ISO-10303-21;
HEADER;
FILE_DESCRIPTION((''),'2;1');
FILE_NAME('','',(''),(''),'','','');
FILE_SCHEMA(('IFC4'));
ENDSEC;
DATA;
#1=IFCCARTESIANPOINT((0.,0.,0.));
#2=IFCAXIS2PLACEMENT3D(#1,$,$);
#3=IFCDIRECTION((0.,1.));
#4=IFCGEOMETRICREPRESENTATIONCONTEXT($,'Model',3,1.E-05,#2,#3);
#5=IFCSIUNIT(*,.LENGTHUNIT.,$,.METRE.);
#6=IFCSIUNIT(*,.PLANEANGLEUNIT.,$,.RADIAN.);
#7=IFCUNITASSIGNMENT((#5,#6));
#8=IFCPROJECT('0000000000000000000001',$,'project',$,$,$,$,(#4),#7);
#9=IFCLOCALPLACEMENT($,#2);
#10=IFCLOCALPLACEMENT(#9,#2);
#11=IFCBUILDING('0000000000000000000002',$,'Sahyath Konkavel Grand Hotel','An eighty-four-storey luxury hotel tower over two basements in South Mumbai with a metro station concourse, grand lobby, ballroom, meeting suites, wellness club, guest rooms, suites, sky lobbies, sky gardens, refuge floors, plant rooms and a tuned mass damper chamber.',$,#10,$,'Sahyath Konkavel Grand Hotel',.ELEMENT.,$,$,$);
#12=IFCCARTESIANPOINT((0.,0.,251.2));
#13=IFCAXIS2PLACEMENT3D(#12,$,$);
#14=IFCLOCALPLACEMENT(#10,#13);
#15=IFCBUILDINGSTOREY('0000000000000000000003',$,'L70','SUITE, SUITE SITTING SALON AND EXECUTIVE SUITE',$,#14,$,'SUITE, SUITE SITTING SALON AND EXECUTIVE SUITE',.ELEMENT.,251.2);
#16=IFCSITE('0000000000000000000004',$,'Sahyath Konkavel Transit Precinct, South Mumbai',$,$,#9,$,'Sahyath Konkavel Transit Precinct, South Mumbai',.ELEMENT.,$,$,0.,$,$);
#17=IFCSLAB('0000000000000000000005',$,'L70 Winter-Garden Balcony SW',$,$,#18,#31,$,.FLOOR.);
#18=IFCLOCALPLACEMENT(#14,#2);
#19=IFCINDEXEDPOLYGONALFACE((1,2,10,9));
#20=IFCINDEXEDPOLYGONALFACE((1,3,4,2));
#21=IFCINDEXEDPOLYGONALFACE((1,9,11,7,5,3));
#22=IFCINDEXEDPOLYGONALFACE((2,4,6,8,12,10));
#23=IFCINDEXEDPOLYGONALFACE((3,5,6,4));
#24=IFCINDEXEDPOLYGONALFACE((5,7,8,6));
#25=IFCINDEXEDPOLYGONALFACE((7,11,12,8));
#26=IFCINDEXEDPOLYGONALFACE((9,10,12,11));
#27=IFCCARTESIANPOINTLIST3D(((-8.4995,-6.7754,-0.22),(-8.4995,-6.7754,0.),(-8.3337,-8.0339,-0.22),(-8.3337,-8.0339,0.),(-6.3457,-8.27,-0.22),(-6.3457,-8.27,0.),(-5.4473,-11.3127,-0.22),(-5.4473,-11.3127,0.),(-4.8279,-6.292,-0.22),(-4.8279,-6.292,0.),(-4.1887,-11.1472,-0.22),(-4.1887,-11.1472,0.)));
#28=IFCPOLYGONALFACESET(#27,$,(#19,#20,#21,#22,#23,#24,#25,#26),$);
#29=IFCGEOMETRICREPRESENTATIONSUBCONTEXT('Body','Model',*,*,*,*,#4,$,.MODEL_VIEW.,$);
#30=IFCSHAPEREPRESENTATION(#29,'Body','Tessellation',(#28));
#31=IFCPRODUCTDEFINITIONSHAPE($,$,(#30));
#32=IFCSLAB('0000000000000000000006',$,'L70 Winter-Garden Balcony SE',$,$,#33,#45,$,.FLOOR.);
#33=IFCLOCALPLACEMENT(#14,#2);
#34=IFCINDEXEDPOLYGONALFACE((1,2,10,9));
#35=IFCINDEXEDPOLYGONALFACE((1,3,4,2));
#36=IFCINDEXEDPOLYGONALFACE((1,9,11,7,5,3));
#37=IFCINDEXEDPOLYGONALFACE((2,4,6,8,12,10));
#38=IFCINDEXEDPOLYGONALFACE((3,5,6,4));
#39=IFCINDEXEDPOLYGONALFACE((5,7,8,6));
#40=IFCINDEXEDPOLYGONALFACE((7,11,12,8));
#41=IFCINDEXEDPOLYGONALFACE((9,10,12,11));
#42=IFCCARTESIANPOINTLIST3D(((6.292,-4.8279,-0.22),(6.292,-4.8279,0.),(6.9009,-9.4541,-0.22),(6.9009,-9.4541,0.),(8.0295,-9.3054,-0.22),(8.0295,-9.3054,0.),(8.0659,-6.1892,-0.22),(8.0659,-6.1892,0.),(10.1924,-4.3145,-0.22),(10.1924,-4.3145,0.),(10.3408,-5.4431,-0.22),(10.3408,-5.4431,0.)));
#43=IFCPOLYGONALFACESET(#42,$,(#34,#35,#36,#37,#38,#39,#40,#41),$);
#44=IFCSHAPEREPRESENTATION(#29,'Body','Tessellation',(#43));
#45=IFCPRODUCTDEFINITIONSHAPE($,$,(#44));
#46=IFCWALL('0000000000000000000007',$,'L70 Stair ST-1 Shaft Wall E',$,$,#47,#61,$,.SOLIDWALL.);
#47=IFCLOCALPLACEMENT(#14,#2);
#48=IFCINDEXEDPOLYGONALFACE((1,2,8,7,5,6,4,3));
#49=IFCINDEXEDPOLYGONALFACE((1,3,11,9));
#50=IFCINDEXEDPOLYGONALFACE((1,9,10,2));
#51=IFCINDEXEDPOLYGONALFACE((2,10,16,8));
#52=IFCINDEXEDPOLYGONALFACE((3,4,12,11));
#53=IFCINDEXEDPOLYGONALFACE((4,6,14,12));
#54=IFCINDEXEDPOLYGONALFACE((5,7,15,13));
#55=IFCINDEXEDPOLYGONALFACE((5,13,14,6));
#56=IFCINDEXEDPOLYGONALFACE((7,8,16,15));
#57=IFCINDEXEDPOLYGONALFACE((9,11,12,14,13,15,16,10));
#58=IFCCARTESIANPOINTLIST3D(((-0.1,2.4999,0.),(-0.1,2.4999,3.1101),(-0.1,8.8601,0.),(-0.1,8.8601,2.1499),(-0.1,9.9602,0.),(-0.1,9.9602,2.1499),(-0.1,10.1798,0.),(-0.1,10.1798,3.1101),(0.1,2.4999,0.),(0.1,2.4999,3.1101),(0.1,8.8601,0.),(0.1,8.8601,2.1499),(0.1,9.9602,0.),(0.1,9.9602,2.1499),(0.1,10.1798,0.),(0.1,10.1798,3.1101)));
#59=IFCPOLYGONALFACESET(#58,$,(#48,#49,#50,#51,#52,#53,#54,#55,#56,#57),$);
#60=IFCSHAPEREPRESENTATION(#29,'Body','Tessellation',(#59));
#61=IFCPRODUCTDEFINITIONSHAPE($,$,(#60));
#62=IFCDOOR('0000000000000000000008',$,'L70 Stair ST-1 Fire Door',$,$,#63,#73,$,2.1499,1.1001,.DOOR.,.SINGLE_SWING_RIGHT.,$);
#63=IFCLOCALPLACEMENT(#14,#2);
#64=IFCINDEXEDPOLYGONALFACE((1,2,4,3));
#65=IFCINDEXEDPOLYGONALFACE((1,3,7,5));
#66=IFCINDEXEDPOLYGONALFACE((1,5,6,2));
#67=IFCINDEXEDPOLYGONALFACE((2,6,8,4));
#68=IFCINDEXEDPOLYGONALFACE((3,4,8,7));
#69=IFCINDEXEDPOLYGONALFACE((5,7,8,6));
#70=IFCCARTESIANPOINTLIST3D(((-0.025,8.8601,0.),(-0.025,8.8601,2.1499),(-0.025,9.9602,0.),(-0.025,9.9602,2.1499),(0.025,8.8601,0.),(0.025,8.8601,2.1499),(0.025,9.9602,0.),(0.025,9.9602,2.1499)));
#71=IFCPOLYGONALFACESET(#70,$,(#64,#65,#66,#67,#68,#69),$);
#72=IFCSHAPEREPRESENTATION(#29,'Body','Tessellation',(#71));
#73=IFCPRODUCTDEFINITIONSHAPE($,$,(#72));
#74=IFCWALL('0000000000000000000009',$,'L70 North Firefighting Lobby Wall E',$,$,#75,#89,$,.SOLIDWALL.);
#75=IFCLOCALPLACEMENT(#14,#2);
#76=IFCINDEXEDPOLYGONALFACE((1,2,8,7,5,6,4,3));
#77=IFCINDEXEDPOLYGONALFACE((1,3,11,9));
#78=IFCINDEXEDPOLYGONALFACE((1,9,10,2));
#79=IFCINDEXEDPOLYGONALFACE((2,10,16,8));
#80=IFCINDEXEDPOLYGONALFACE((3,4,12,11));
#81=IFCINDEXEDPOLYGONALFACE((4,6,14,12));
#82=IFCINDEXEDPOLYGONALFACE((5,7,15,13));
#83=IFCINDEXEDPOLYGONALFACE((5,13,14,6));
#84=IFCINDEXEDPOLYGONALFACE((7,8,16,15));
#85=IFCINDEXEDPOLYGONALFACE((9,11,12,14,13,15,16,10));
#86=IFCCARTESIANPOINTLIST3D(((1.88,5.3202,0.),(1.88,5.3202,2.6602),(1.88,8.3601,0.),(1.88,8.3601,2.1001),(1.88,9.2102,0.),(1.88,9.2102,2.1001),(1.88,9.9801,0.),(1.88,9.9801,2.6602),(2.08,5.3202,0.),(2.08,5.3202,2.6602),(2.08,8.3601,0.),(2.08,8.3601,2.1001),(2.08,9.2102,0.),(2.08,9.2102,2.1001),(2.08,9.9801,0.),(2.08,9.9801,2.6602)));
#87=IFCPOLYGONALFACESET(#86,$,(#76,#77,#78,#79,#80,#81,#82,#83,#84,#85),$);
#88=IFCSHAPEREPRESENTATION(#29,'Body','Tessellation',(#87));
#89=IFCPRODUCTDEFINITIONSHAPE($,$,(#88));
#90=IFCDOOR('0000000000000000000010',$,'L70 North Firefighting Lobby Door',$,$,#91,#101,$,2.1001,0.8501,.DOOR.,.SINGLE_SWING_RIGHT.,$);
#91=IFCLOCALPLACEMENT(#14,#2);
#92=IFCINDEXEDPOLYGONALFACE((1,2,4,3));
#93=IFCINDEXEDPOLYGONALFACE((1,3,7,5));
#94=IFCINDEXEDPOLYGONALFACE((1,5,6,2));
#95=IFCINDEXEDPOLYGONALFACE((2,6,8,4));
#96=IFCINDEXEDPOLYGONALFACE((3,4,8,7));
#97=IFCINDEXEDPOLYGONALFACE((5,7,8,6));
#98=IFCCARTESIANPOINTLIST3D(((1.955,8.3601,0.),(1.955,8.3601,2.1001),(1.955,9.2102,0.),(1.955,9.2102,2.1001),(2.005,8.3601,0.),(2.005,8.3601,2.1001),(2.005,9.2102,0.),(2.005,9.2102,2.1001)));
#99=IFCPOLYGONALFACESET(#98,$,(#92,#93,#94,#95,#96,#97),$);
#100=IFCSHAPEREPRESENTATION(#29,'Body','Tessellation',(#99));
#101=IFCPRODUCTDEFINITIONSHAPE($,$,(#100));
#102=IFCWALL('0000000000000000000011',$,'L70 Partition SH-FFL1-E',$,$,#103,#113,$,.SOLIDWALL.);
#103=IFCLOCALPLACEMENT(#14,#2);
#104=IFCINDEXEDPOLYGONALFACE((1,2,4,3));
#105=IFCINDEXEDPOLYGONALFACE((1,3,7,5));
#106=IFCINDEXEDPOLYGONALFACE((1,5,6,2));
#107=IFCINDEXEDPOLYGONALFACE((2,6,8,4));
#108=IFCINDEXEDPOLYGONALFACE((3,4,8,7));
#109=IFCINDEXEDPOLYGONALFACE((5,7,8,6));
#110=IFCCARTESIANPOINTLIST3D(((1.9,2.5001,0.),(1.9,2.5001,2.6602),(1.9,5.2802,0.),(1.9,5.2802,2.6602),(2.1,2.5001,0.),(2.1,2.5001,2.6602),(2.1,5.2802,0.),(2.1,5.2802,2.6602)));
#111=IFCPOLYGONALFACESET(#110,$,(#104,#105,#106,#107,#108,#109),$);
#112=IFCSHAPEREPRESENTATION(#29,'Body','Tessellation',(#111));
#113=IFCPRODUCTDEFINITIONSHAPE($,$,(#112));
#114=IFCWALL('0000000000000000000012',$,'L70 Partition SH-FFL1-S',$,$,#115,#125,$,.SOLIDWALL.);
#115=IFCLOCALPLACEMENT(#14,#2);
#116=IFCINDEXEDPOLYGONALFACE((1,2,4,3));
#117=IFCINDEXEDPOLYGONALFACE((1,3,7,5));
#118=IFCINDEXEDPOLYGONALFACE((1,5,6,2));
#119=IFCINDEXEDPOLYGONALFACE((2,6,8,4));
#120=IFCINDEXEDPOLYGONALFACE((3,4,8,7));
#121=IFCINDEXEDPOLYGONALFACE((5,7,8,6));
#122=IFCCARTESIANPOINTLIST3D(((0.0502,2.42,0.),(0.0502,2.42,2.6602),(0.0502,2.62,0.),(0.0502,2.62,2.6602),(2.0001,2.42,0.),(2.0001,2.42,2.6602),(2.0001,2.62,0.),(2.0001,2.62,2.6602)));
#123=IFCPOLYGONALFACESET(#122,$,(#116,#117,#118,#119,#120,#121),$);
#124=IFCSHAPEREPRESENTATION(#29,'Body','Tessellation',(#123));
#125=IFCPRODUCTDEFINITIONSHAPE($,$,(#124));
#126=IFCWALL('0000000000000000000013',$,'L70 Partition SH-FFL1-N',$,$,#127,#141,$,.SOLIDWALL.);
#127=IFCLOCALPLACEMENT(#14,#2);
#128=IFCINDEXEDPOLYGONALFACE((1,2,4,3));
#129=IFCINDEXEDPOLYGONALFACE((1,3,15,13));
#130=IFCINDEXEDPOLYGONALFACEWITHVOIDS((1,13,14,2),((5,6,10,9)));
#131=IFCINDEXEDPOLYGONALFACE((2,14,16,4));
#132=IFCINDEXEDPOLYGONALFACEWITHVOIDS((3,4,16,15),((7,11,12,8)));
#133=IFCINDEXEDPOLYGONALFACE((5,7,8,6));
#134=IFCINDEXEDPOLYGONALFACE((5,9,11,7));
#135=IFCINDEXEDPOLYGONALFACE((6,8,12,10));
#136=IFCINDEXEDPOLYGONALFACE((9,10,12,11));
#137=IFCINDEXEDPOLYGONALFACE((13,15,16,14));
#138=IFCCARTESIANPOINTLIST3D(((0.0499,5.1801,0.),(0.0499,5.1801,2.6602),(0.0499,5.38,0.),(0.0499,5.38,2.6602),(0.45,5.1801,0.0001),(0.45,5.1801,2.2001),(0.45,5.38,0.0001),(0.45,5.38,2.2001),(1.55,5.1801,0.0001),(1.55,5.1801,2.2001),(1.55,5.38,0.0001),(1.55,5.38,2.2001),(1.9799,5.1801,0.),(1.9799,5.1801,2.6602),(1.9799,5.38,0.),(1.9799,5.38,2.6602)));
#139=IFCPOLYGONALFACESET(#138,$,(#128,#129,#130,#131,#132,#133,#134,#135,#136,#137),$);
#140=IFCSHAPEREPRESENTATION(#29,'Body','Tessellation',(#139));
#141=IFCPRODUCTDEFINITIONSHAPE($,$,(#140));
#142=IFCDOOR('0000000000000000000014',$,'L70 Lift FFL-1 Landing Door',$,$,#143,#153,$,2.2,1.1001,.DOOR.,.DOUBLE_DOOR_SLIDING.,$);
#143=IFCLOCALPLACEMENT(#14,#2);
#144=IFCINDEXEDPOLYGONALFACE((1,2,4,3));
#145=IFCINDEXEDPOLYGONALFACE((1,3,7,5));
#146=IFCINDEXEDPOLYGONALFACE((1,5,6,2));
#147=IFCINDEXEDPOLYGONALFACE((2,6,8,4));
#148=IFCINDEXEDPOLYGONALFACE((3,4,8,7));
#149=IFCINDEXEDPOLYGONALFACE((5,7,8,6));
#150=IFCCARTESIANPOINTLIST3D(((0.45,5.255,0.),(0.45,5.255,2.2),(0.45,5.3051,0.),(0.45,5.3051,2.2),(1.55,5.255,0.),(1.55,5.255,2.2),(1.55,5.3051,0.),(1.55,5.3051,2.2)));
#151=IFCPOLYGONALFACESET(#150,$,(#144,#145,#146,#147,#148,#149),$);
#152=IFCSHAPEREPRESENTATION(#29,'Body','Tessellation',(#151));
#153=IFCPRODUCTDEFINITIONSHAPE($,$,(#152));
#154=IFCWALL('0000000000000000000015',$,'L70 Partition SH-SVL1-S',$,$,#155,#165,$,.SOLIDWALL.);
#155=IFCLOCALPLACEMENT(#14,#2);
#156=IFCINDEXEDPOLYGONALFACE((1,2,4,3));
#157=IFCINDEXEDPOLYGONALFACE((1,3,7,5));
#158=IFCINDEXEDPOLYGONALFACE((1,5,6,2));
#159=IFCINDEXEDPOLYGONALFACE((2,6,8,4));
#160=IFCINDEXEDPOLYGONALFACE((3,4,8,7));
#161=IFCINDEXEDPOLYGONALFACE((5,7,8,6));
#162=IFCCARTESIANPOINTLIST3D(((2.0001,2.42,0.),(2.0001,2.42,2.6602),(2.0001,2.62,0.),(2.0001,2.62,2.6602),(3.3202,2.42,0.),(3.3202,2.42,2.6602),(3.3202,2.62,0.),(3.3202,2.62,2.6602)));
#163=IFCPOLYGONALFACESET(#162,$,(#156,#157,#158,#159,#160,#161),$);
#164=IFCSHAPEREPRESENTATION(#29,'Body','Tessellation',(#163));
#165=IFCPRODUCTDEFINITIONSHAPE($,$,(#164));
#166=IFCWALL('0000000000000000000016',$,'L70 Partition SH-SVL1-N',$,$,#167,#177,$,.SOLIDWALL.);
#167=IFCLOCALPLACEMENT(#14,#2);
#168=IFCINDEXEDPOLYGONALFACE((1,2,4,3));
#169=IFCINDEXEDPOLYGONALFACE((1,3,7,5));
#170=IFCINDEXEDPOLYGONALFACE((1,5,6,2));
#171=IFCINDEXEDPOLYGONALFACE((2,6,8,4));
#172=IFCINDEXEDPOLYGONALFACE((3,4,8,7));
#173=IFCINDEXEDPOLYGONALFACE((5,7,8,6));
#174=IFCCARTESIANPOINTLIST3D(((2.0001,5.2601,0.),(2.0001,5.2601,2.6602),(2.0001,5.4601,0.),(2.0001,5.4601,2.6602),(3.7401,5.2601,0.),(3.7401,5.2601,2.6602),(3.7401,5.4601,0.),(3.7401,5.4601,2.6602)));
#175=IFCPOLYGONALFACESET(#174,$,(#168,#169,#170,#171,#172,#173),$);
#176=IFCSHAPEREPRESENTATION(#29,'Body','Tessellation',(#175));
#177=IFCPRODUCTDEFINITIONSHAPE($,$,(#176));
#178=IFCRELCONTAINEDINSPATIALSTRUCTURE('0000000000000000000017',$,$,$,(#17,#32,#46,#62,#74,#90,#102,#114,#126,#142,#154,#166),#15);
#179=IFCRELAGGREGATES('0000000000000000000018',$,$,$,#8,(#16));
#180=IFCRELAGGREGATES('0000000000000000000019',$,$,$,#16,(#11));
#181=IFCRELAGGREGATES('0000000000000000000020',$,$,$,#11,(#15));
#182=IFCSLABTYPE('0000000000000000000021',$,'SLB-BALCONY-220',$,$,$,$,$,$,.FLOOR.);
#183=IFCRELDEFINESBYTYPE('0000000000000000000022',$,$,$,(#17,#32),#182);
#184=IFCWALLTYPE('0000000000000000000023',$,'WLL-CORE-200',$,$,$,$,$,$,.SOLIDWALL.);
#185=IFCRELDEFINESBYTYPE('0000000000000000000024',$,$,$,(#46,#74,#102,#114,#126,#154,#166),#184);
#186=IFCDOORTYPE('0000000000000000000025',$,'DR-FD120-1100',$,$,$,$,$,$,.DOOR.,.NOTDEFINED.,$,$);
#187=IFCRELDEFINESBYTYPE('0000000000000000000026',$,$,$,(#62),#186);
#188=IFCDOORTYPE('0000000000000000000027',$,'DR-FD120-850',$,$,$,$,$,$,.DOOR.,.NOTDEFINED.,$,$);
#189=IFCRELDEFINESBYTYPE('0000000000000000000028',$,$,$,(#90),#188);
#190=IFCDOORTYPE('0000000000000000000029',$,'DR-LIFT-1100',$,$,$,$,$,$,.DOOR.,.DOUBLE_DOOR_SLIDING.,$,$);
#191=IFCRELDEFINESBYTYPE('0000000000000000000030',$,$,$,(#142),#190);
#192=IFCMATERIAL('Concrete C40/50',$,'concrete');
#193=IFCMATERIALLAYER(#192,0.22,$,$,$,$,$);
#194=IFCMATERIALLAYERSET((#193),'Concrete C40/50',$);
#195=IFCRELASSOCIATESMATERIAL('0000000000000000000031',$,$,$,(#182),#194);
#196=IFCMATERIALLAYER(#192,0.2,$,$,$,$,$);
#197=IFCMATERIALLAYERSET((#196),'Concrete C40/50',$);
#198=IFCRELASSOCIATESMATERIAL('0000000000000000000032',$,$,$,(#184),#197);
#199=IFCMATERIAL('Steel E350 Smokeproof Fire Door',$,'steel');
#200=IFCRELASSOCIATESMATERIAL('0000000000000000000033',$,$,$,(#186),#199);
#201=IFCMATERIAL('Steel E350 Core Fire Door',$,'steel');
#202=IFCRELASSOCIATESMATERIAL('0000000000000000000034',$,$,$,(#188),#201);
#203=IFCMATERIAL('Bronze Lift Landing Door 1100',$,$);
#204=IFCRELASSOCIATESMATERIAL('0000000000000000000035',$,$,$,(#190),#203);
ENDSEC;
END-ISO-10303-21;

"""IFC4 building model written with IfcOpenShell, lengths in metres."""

from ifc_helpers import new_model, si_unit, direction, frame, frame_2d, origin, origin_2d, place, context, subcontext, project, spatial, polyline, rectangle, outline, extrude, source, transform, mapped, material, layer, layer_set, type_object, element, fill, save


model = new_model("IFC4")

# Units and contexts
model_context = context("Model", 3, precision=1e-05, world=origin(), true_north=direction((0.0, 1.0)))
body_context = subcontext(model_context, "Body", "Model", "MODEL_VIEW")
ifc_project = project(units=[si_unit("LENGTHUNIT", "METRE"), si_unit("PLANEANGLEUNIT", "RADIAN")], contexts=[model_context])

# Site, building, storey
site_placement = place(None, origin())
site = spatial("IfcSite", under=ifc_project, at=site_placement, Name="Sahyath Konkavel Transit Precinct, South Mumbai", LongName="Sahyath Konkavel Transit Precinct, South Mumbai", CompositionType="ELEMENT", RefElevation=0.0)
building_placement = place(site_placement, origin())
building = spatial("IfcBuilding", under=site, at=building_placement, Name="Sahyath Konkavel Grand Hotel", Description="An eighty-four-storey luxury hotel tower over two basements in South Mumbai with a metro station concourse, grand lobby, ballroom, meeting suites, wellness club, guest rooms, suites, sky lobbies, sky gardens, refuge floors, plant rooms and a tuned mass damper chamber.", LongName="Sahyath Konkavel Grand Hotel", CompositionType="ELEMENT")
storey_placement = place(building_placement, frame((0.0, 0.0, 251.2)))
storey = spatial("IfcBuildingStorey", under=building, at=storey_placement, Name="L70", Description="SUITE, SUITE SITTING SALON AND EXECUTIVE SUITE", LongName="SUITE, SUITE SITTING SALON AND EXECUTIVE SUITE", CompositionType="ELEMENT", Elevation=251.2)

# Slabs
ifc_material_1 = material(Name="Concrete C40/50", Category="concrete")
ifc_layer_1 = layer(ifc_material_1, 0.22)
ifc_layer_set_1 = layer_set([ifc_layer_1], Name="Concrete C40/50")
slab_type = type_object("IfcSlabType", Name="SLB-BALCONY-220", PredefinedType="FLOOR", material=ifc_layer_set_1)
slab_1_placement = place(storey_placement, frame((0.0, 0.0, -0.22)))
element("IfcSlab", 1, at=slab_1_placement, inside=storey, type_object=slab_type, Name="L70 Winter-Garden Balcony SW", PredefinedType="FLOOR", context=body_context, shape_type="SweptSolid", body=[
    extrude(outline(polyline([(-4.8279, -6.292), (-8.4995, -6.7754), (-8.3337, -8.0339), (-6.3457, -8.27), (-5.4473, -11.3127), (-4.1887, -11.1472), (-4.8279, -6.292)])), origin(), (0.0, 0.0, 1.0), 0.22),
])
slab_2_placement = place(storey_placement, frame((0.0, 0.0, -0.22)))
element("IfcSlab", 2, at=slab_2_placement, inside=storey, type_object=slab_type, Name="L70 Winter-Garden Balcony SE", PredefinedType="FLOOR", context=body_context, shape_type="SweptSolid", body=[
    extrude(outline(polyline([(6.292, -4.8279), (6.9009, -9.4541), (8.0295, -9.3054), (8.0659, -6.1892), (10.3408, -5.4431), (10.1924, -4.3145), (6.292, -4.8279)])), origin(), (0.0, 0.0, 1.0), 0.22),
])

# Walls, openings, doors
ifc_layer_2 = layer(ifc_material_1, 0.2)
ifc_layer_set_2 = layer_set([ifc_layer_2], Name="Concrete C40/50")
wall_type_1 = type_object("IfcWallType", Name="WLL-CORE-200", PredefinedType="SOLIDWALL", material=ifc_layer_set_2)
wall_1_placement = place(storey_placement, frame((0.0, 2.5, 0.0), z_axis=(0.0, 0.0, 1.0), x_axis=(0.0, 1.0, 0.0)))
wall_1 = element("IfcWall", 3, at=wall_1_placement, inside=storey, type_object=wall_type_1, Name="L70 Stair ST-1 Shaft Wall E", PredefinedType="SOLIDWALL", context=body_context, shape_type="SweptSolid", body=[
    extrude(rectangle(XDim=7.6799, YDim=0.2, at=frame_2d((3.8398, 0.0))), origin(), (0.0, 0.0, 1.0), 3.1101),
])
opening_1_placement = place(wall_1_placement, frame((6.3601, 0.0, 0.0)))
opening_1 = element("IfcOpeningElement", 4, at=opening_1_placement, cuts=wall_1, PredefinedType="OPENING", context=body_context, shape_type="SweptSolid", body=[
    extrude(rectangle(XDim=1.1001, YDim=2.1499, at=frame_2d((0.55, 1.075))), frame((0.0, 0.1099, 0.0), z_axis=(0.0, -1.0, 0.0), x_axis=(1.0, 0.0, 0.0)), (0.0, 0.0, 1.0), 0.22),
])
ifc_material_2 = material(Name="Steel E350 Smokeproof Fire Door", Category="steel")
door_type_1 = type_object("IfcDoorType", Name="DR-FD120-1100", OperationType="NOTDEFINED", PredefinedType="DOOR", material=ifc_material_2)
shared_shape_1 = source(origin(), body_context, "Body", "SweptSolid", [
    extrude(rectangle(XDim=1.1001, YDim=0.05, at=origin_2d()), origin(), (0.0, 0.0, 1.0), 2.1499),
])
door_1_placement = place(opening_1_placement, frame((0.55, 0.0, 0.0)))
door_1 = element("IfcDoor", 5, at=door_1_placement, inside=storey, type_object=door_type_1, Name="L70 Stair ST-1 Fire Door", OperationType="SINGLE_SWING_RIGHT", OverallHeight=2.1499, OverallWidth=1.1001, PredefinedType="DOOR", context=body_context, shape_type="MappedRepresentation", body=[
    mapped(shared_shape_1, transform((0.0, 0.0, 0.0), scale=1.0)),
])
fill(opening_1, door_1)
wall_2_placement = place(storey_placement, frame((1.98, 5.3201, 0.0), z_axis=(0.0, 0.0, 1.0), x_axis=(0.0, 1.0, 0.0)))
wall_2 = element("IfcWall", 6, at=wall_2_placement, inside=storey, type_object=wall_type_1, Name="L70 North Firefighting Lobby Wall E", PredefinedType="SOLIDWALL", context=body_context, shape_type="SweptSolid", body=[
    extrude(rectangle(XDim=4.6599, YDim=0.2, at=frame_2d((2.3301, 0.0))), origin(), (0.0, 0.0, 1.0), 2.6602),
])
opening_2_placement = place(wall_2_placement, frame((3.04, 0.0, 0.0)))
opening_2 = element("IfcOpeningElement", 7, at=opening_2_placement, cuts=wall_2, PredefinedType="OPENING", context=body_context, shape_type="SweptSolid", body=[
    extrude(rectangle(XDim=0.8501, YDim=2.1001, at=frame_2d((0.425, 1.05))), frame((0.0, 0.1099, 0.0), z_axis=(0.0, -1.0, 0.0), x_axis=(1.0, 0.0, 0.0)), (0.0, 0.0, 1.0), 0.22),
])
ifc_material_3 = material(Name="Steel E350 Core Fire Door", Category="steel")
door_type_2 = type_object("IfcDoorType", Name="DR-FD120-850", OperationType="NOTDEFINED", PredefinedType="DOOR", material=ifc_material_3)
shared_shape_2 = source(origin(), body_context, "Body", "SweptSolid", [
    extrude(rectangle(XDim=0.8501, YDim=0.05, at=origin_2d()), origin(), (0.0, 0.0, 1.0), 2.1001),
])
door_2_placement = place(opening_2_placement, frame((0.425, 0.0, 0.0)))
door_2 = element("IfcDoor", 8, at=door_2_placement, inside=storey, type_object=door_type_2, Name="L70 North Firefighting Lobby Door", OperationType="SINGLE_SWING_RIGHT", OverallHeight=2.1001, OverallWidth=0.8501, PredefinedType="DOOR", context=body_context, shape_type="MappedRepresentation", body=[
    mapped(shared_shape_2, transform((0.0, 0.0, 0.0), scale=1.0)),
])
fill(opening_2, door_2)

# Walls
wall_3_placement = place(storey_placement, frame((2.0, 2.5, 0.0), z_axis=(0.0, 0.0, 1.0), x_axis=(0.0, 1.0, 0.0)))
element("IfcWall", 9, at=wall_3_placement, inside=storey, type_object=wall_type_1, Name="L70 Partition SH-FFL1-E", PredefinedType="SOLIDWALL", context=body_context, shape_type="SweptSolid", body=[
    extrude(rectangle(XDim=2.78, YDim=0.2, at=frame_2d((1.3901, 0.0))), origin(), (0.0, 0.0, 1.0), 2.6602),
])
wall_4_placement = place(storey_placement, frame((0.05, 2.52, 0.0), z_axis=(0.0, 0.0, 1.0), x_axis=(1.0, 0.0, 0.0)))
element("IfcWall", 10, at=wall_4_placement, inside=storey, type_object=wall_type_1, Name="L70 Partition SH-FFL1-S", PredefinedType="SOLIDWALL", context=body_context, shape_type="SweptSolid", body=[
    extrude(rectangle(XDim=1.95, YDim=0.2, at=frame_2d((0.9751, 0.0))), origin(), (0.0, 0.0, 1.0), 2.6602),
])

# Wall, opening, door
wall_5_placement = place(storey_placement, frame((0.05, 5.28, 0.0), z_axis=(0.0, 0.0, 1.0), x_axis=(1.0, 0.0, 0.0)))
wall_5 = element("IfcWall", 11, at=wall_5_placement, inside=storey, type_object=wall_type_1, Name="L70 Partition SH-FFL1-N", PredefinedType="SOLIDWALL", context=body_context, shape_type="SweptSolid", body=[
    extrude(rectangle(XDim=1.9299, YDim=0.2, at=frame_2d((0.9648, 0.0))), origin(), (0.0, 0.0, 1.0), 2.6602),
])
opening_3_placement = place(wall_5_placement, frame((0.3999, 0.0, 0.0)))
opening_3 = element("IfcOpeningElement", 12, at=opening_3_placement, cuts=wall_5, PredefinedType="OPENING", context=body_context, shape_type="SweptSolid", body=[
    extrude(rectangle(XDim=1.1001, YDim=2.2, at=frame_2d((0.55, 1.1001))), frame((0.0, 0.1099, 0.0), z_axis=(0.0, -1.0, 0.0), x_axis=(1.0, 0.0, 0.0)), (0.0, 0.0, 1.0), 0.22),
])
ifc_material_4 = material(Name="Bronze Lift Landing Door 1100")
door_type_3 = type_object("IfcDoorType", Name="DR-LIFT-1100", OperationType="DOUBLE_DOOR_SLIDING", PredefinedType="DOOR", material=ifc_material_4)
shared_shape_3 = source(origin(), body_context, "Body", "SweptSolid", [
    extrude(rectangle(XDim=1.1001, YDim=0.05, at=origin_2d()), origin(), (0.0, 0.0, 1.0), 2.2),
])
door_3_placement = place(opening_3_placement, frame((0.55, 0.0, 0.0)))
door_3 = element("IfcDoor", 13, at=door_3_placement, inside=storey, type_object=door_type_3, Name="L70 Lift FFL-1 Landing Door", OperationType="DOUBLE_DOOR_SLIDING", OverallHeight=2.2, OverallWidth=1.1001, PredefinedType="DOOR", context=body_context, shape_type="MappedRepresentation", body=[
    mapped(shared_shape_3, transform((0.0, 0.0, 0.0), scale=1.0)),
])
fill(opening_3, door_3)

# Walls
wall_6_placement = place(storey_placement, frame((2.0, 2.52, 0.0), z_axis=(0.0, 0.0, 1.0), x_axis=(1.0, 0.0, 0.0)))
element("IfcWall", 14, at=wall_6_placement, inside=storey, type_object=wall_type_1, Name="L70 Partition SH-SVL1-S", PredefinedType="SOLIDWALL", context=body_context, shape_type="SweptSolid", body=[
    extrude(rectangle(XDim=1.3201, YDim=0.2, at=frame_2d((0.6602, 0.0))), origin(), (0.0, 0.0, 1.0), 2.6602),
])
wall_7_placement = place(storey_placement, frame((2.0, 5.3601, 0.0), z_axis=(0.0, 0.0, 1.0), x_axis=(1.0, 0.0, 0.0)))
element("IfcWall", 15, at=wall_7_placement, inside=storey, type_object=wall_type_1, Name="L70 Partition SH-SVL1-N", PredefinedType="SOLIDWALL", context=body_context, shape_type="SweptSolid", body=[
    extrude(rectangle(XDim=1.74, YDim=0.2, at=frame_2d((0.8701, 0.0))), origin(), (0.0, 0.0, 1.0), 2.6602),
])

save(model, "model.ifc")
